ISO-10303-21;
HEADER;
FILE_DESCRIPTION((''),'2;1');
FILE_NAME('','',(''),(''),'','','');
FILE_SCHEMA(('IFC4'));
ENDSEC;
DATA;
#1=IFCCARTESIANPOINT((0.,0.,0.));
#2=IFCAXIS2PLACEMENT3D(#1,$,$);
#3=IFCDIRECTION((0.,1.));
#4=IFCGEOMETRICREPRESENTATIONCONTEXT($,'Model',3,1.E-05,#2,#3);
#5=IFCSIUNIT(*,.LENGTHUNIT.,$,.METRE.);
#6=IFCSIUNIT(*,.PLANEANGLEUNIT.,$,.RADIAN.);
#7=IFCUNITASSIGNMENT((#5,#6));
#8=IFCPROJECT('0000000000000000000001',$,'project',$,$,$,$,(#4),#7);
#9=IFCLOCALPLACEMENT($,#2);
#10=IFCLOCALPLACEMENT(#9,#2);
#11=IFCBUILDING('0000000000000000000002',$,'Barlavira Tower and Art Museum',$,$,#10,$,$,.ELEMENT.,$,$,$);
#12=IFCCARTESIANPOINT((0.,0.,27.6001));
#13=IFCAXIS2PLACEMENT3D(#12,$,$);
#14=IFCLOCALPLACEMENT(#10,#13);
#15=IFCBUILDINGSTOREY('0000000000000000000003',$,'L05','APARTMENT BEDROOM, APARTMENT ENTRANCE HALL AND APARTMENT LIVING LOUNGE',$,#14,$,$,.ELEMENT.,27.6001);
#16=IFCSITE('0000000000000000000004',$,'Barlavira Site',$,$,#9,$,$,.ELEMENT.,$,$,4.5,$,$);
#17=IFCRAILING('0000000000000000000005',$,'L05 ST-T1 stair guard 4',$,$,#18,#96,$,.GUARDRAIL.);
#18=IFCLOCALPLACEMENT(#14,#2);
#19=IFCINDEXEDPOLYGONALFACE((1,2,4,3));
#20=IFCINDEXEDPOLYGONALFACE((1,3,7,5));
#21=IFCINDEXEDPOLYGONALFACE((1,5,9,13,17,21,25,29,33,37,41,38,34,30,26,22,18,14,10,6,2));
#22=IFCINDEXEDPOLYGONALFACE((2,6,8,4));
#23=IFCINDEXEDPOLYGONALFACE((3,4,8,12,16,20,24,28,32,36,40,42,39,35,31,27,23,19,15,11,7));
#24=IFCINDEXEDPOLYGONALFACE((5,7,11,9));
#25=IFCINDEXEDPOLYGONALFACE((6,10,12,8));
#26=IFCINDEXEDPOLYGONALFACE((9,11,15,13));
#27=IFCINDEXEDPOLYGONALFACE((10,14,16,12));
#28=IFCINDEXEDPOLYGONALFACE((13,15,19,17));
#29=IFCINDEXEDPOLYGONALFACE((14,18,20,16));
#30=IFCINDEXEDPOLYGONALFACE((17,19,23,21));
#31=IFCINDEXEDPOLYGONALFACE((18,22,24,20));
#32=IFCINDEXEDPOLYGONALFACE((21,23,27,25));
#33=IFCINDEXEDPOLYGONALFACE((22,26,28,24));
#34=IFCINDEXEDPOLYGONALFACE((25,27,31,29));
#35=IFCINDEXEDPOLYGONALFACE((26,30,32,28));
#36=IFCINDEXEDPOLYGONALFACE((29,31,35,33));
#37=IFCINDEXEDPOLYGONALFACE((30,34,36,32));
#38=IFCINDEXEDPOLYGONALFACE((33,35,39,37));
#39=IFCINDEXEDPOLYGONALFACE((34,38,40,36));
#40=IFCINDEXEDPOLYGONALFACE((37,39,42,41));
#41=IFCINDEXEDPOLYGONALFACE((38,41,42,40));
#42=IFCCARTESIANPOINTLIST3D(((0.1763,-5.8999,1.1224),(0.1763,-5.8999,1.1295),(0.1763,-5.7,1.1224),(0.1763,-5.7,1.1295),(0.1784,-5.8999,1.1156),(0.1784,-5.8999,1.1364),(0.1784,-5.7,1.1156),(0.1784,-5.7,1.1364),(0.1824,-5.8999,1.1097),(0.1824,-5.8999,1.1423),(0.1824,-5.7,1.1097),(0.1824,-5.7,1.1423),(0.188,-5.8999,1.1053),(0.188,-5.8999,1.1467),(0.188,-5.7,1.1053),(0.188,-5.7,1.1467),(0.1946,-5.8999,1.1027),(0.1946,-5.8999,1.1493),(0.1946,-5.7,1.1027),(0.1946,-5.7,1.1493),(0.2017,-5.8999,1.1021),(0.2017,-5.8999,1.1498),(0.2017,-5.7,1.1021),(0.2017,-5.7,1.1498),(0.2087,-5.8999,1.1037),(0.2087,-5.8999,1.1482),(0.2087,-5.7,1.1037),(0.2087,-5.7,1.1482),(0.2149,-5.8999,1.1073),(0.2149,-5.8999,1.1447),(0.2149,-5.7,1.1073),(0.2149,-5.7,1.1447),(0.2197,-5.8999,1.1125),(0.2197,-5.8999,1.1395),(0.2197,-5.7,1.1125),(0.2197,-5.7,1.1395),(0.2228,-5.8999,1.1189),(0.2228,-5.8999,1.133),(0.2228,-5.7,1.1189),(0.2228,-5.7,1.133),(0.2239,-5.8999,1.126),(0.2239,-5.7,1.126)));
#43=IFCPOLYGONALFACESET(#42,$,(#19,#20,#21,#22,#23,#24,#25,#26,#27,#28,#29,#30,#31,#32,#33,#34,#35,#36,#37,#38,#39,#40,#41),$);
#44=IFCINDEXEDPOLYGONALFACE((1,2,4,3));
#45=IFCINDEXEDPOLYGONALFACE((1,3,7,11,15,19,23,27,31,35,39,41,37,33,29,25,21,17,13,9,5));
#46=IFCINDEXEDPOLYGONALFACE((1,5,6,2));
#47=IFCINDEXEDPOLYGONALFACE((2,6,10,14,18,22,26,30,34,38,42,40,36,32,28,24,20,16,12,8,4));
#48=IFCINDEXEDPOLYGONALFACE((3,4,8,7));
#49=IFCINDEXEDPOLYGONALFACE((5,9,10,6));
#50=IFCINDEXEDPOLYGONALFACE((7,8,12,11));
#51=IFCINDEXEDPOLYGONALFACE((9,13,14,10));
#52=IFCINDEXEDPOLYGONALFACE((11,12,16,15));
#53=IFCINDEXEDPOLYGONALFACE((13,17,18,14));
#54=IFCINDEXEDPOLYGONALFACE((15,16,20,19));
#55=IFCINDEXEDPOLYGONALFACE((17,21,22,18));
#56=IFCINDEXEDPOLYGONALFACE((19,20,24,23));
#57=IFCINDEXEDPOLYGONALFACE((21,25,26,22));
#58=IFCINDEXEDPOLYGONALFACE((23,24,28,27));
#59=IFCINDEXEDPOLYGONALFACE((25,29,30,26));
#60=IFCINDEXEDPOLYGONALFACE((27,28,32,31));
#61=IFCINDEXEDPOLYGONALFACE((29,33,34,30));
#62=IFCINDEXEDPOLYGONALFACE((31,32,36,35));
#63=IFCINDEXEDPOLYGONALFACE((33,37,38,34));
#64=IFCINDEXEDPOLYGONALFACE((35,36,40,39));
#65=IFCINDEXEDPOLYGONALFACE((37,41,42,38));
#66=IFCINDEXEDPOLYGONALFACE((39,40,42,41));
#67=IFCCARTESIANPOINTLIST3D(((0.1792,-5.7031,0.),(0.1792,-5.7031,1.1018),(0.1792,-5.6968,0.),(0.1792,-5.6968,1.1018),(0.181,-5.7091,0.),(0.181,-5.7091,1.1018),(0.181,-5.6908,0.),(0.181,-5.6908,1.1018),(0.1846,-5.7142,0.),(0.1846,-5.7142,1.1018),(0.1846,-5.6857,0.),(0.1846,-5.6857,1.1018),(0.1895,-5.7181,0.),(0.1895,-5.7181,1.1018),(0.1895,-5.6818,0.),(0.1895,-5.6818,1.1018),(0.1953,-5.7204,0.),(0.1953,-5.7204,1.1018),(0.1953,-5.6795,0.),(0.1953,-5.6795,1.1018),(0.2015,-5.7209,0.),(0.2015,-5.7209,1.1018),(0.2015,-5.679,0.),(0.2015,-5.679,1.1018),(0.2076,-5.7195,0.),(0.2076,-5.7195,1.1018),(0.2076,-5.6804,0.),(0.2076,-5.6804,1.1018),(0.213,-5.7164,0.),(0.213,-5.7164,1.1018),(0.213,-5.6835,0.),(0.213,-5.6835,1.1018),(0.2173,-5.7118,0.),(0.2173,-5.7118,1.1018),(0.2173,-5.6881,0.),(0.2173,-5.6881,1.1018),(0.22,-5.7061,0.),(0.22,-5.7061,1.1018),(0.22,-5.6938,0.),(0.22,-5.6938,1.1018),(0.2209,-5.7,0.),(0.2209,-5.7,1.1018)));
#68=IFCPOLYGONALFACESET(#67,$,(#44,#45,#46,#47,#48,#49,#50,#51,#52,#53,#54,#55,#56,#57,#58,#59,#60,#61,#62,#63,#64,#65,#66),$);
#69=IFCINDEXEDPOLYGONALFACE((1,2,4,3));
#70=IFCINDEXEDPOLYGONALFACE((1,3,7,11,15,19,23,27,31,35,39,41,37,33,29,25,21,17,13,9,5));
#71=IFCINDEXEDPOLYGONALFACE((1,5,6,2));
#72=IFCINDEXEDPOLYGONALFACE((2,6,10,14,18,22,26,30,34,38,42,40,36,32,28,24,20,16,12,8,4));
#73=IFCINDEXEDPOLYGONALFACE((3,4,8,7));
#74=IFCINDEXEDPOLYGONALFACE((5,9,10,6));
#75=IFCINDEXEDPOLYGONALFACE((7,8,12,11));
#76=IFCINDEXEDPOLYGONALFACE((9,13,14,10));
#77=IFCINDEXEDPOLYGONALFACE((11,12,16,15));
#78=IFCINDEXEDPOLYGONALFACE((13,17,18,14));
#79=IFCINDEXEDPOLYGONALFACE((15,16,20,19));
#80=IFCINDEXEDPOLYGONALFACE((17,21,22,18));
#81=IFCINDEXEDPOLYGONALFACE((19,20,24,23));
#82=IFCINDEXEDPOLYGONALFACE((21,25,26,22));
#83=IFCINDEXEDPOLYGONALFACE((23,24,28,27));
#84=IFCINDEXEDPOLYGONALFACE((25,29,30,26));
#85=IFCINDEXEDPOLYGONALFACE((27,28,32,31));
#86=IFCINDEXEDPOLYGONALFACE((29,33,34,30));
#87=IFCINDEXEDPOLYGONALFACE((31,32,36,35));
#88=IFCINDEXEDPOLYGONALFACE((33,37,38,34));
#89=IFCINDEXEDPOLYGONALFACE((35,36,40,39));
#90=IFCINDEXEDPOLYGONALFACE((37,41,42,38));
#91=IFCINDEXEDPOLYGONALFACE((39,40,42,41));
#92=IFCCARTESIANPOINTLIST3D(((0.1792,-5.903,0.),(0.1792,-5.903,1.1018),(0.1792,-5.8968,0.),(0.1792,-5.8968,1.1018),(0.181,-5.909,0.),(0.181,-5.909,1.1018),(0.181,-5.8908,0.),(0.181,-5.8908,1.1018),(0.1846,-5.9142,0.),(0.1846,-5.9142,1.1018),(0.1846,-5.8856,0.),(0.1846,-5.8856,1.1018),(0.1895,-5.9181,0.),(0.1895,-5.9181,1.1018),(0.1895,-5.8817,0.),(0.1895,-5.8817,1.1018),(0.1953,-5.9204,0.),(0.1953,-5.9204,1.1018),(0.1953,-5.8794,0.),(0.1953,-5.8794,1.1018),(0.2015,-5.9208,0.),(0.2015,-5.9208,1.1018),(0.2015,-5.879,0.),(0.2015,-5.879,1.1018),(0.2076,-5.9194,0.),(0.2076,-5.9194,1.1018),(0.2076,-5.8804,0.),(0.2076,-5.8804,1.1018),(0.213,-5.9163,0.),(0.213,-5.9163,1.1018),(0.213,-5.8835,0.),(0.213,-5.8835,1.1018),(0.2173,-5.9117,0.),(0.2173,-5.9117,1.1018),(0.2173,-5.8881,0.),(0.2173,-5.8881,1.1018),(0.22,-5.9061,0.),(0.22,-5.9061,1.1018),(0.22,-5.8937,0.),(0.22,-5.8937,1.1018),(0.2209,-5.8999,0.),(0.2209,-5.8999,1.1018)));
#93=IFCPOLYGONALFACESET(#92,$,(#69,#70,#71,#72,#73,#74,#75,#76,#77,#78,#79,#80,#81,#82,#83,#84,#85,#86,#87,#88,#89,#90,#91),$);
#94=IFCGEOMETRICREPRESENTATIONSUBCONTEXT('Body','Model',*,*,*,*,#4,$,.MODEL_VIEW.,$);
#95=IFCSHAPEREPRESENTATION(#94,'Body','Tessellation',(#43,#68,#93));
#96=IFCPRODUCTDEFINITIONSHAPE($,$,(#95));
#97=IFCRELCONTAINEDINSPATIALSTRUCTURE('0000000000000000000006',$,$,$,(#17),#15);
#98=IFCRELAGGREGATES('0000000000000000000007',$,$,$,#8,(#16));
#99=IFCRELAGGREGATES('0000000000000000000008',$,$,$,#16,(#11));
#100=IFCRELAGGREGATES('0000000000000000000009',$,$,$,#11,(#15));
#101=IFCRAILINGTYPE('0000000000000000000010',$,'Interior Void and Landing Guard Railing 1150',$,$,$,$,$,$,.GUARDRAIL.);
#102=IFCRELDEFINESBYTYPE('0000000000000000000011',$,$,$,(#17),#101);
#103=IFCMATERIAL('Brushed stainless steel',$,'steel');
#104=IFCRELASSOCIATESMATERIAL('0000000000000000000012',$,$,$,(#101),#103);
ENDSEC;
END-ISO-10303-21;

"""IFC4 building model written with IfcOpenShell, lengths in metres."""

from ifc_helpers import new_model, si_unit, direction, frame, origin, origin_2d, place, context, subcontext, project, spatial, circle, extrude, material, type_object, element, save


model = new_model("IFC4")

# Units and contexts
model_context = context("Model", 3, precision=1e-05, world=origin(), true_north=direction((0.0, 1.0)))
body_context = subcontext(model_context, "Body", "Model", "MODEL_VIEW")
ifc_project = project(units=[si_unit("LENGTHUNIT", "METRE"), si_unit("PLANEANGLEUNIT", "RADIAN")], contexts=[model_context])

# Site, building, storey
site_placement = place(None, origin())
site = spatial("IfcSite", under=ifc_project, at=site_placement, Name="Barlavira Site", CompositionType="ELEMENT", RefElevation=4.5)
building_placement = place(site_placement, origin())
building = spatial("IfcBuilding", under=site, at=building_placement, Name="Barlavira Tower and Art Museum", CompositionType="ELEMENT")
storey_placement = place(building_placement, frame((0.0, 0.0, 27.6001)))
storey = spatial("IfcBuildingStorey", under=building, at=storey_placement, Name="L05", Description="APARTMENT BEDROOM, APARTMENT ENTRANCE HALL AND APARTMENT LIVING LOUNGE", CompositionType="ELEMENT", Elevation=27.6001)

# Shared definitions
ifc_material_1 = material(Name="Brushed stainless steel", Category="steel")

# Railing
railing_type_1 = type_object("IfcRailingType", Name="Interior Void and Landing Guard Railing 1150", PredefinedType="GUARDRAIL", material=ifc_material_1)
railing_1_placement = place(storey_placement, frame((0.2, -5.7, 0.0)))
element("IfcRailing", 1, at=railing_1_placement, inside=storey, type_object=railing_type_1, Name="L05 ST-T1 stair guard 4", PredefinedType="GUARDRAIL", context=body_context, shape_type="SweptSolid", body=[
    extrude(circle(Radius=0.0239, at=origin_2d()), frame((0.0, 0.0, 1.126), z_axis=(0.0, -1.0, 0.0), x_axis=(1.0, 0.0, 0.0)), (0.0, 0.0, 1.0), 0.2),
    extrude(circle(Radius=0.021, at=origin_2d()), origin(), (0.0, 0.0, 1.0), 1.1018),
    extrude(circle(Radius=0.021, at=origin_2d()), frame((0.0, -0.2, 0.0)), (0.0, 0.0, 1.0), 1.1018),
])

save(model, "model.ifc")
